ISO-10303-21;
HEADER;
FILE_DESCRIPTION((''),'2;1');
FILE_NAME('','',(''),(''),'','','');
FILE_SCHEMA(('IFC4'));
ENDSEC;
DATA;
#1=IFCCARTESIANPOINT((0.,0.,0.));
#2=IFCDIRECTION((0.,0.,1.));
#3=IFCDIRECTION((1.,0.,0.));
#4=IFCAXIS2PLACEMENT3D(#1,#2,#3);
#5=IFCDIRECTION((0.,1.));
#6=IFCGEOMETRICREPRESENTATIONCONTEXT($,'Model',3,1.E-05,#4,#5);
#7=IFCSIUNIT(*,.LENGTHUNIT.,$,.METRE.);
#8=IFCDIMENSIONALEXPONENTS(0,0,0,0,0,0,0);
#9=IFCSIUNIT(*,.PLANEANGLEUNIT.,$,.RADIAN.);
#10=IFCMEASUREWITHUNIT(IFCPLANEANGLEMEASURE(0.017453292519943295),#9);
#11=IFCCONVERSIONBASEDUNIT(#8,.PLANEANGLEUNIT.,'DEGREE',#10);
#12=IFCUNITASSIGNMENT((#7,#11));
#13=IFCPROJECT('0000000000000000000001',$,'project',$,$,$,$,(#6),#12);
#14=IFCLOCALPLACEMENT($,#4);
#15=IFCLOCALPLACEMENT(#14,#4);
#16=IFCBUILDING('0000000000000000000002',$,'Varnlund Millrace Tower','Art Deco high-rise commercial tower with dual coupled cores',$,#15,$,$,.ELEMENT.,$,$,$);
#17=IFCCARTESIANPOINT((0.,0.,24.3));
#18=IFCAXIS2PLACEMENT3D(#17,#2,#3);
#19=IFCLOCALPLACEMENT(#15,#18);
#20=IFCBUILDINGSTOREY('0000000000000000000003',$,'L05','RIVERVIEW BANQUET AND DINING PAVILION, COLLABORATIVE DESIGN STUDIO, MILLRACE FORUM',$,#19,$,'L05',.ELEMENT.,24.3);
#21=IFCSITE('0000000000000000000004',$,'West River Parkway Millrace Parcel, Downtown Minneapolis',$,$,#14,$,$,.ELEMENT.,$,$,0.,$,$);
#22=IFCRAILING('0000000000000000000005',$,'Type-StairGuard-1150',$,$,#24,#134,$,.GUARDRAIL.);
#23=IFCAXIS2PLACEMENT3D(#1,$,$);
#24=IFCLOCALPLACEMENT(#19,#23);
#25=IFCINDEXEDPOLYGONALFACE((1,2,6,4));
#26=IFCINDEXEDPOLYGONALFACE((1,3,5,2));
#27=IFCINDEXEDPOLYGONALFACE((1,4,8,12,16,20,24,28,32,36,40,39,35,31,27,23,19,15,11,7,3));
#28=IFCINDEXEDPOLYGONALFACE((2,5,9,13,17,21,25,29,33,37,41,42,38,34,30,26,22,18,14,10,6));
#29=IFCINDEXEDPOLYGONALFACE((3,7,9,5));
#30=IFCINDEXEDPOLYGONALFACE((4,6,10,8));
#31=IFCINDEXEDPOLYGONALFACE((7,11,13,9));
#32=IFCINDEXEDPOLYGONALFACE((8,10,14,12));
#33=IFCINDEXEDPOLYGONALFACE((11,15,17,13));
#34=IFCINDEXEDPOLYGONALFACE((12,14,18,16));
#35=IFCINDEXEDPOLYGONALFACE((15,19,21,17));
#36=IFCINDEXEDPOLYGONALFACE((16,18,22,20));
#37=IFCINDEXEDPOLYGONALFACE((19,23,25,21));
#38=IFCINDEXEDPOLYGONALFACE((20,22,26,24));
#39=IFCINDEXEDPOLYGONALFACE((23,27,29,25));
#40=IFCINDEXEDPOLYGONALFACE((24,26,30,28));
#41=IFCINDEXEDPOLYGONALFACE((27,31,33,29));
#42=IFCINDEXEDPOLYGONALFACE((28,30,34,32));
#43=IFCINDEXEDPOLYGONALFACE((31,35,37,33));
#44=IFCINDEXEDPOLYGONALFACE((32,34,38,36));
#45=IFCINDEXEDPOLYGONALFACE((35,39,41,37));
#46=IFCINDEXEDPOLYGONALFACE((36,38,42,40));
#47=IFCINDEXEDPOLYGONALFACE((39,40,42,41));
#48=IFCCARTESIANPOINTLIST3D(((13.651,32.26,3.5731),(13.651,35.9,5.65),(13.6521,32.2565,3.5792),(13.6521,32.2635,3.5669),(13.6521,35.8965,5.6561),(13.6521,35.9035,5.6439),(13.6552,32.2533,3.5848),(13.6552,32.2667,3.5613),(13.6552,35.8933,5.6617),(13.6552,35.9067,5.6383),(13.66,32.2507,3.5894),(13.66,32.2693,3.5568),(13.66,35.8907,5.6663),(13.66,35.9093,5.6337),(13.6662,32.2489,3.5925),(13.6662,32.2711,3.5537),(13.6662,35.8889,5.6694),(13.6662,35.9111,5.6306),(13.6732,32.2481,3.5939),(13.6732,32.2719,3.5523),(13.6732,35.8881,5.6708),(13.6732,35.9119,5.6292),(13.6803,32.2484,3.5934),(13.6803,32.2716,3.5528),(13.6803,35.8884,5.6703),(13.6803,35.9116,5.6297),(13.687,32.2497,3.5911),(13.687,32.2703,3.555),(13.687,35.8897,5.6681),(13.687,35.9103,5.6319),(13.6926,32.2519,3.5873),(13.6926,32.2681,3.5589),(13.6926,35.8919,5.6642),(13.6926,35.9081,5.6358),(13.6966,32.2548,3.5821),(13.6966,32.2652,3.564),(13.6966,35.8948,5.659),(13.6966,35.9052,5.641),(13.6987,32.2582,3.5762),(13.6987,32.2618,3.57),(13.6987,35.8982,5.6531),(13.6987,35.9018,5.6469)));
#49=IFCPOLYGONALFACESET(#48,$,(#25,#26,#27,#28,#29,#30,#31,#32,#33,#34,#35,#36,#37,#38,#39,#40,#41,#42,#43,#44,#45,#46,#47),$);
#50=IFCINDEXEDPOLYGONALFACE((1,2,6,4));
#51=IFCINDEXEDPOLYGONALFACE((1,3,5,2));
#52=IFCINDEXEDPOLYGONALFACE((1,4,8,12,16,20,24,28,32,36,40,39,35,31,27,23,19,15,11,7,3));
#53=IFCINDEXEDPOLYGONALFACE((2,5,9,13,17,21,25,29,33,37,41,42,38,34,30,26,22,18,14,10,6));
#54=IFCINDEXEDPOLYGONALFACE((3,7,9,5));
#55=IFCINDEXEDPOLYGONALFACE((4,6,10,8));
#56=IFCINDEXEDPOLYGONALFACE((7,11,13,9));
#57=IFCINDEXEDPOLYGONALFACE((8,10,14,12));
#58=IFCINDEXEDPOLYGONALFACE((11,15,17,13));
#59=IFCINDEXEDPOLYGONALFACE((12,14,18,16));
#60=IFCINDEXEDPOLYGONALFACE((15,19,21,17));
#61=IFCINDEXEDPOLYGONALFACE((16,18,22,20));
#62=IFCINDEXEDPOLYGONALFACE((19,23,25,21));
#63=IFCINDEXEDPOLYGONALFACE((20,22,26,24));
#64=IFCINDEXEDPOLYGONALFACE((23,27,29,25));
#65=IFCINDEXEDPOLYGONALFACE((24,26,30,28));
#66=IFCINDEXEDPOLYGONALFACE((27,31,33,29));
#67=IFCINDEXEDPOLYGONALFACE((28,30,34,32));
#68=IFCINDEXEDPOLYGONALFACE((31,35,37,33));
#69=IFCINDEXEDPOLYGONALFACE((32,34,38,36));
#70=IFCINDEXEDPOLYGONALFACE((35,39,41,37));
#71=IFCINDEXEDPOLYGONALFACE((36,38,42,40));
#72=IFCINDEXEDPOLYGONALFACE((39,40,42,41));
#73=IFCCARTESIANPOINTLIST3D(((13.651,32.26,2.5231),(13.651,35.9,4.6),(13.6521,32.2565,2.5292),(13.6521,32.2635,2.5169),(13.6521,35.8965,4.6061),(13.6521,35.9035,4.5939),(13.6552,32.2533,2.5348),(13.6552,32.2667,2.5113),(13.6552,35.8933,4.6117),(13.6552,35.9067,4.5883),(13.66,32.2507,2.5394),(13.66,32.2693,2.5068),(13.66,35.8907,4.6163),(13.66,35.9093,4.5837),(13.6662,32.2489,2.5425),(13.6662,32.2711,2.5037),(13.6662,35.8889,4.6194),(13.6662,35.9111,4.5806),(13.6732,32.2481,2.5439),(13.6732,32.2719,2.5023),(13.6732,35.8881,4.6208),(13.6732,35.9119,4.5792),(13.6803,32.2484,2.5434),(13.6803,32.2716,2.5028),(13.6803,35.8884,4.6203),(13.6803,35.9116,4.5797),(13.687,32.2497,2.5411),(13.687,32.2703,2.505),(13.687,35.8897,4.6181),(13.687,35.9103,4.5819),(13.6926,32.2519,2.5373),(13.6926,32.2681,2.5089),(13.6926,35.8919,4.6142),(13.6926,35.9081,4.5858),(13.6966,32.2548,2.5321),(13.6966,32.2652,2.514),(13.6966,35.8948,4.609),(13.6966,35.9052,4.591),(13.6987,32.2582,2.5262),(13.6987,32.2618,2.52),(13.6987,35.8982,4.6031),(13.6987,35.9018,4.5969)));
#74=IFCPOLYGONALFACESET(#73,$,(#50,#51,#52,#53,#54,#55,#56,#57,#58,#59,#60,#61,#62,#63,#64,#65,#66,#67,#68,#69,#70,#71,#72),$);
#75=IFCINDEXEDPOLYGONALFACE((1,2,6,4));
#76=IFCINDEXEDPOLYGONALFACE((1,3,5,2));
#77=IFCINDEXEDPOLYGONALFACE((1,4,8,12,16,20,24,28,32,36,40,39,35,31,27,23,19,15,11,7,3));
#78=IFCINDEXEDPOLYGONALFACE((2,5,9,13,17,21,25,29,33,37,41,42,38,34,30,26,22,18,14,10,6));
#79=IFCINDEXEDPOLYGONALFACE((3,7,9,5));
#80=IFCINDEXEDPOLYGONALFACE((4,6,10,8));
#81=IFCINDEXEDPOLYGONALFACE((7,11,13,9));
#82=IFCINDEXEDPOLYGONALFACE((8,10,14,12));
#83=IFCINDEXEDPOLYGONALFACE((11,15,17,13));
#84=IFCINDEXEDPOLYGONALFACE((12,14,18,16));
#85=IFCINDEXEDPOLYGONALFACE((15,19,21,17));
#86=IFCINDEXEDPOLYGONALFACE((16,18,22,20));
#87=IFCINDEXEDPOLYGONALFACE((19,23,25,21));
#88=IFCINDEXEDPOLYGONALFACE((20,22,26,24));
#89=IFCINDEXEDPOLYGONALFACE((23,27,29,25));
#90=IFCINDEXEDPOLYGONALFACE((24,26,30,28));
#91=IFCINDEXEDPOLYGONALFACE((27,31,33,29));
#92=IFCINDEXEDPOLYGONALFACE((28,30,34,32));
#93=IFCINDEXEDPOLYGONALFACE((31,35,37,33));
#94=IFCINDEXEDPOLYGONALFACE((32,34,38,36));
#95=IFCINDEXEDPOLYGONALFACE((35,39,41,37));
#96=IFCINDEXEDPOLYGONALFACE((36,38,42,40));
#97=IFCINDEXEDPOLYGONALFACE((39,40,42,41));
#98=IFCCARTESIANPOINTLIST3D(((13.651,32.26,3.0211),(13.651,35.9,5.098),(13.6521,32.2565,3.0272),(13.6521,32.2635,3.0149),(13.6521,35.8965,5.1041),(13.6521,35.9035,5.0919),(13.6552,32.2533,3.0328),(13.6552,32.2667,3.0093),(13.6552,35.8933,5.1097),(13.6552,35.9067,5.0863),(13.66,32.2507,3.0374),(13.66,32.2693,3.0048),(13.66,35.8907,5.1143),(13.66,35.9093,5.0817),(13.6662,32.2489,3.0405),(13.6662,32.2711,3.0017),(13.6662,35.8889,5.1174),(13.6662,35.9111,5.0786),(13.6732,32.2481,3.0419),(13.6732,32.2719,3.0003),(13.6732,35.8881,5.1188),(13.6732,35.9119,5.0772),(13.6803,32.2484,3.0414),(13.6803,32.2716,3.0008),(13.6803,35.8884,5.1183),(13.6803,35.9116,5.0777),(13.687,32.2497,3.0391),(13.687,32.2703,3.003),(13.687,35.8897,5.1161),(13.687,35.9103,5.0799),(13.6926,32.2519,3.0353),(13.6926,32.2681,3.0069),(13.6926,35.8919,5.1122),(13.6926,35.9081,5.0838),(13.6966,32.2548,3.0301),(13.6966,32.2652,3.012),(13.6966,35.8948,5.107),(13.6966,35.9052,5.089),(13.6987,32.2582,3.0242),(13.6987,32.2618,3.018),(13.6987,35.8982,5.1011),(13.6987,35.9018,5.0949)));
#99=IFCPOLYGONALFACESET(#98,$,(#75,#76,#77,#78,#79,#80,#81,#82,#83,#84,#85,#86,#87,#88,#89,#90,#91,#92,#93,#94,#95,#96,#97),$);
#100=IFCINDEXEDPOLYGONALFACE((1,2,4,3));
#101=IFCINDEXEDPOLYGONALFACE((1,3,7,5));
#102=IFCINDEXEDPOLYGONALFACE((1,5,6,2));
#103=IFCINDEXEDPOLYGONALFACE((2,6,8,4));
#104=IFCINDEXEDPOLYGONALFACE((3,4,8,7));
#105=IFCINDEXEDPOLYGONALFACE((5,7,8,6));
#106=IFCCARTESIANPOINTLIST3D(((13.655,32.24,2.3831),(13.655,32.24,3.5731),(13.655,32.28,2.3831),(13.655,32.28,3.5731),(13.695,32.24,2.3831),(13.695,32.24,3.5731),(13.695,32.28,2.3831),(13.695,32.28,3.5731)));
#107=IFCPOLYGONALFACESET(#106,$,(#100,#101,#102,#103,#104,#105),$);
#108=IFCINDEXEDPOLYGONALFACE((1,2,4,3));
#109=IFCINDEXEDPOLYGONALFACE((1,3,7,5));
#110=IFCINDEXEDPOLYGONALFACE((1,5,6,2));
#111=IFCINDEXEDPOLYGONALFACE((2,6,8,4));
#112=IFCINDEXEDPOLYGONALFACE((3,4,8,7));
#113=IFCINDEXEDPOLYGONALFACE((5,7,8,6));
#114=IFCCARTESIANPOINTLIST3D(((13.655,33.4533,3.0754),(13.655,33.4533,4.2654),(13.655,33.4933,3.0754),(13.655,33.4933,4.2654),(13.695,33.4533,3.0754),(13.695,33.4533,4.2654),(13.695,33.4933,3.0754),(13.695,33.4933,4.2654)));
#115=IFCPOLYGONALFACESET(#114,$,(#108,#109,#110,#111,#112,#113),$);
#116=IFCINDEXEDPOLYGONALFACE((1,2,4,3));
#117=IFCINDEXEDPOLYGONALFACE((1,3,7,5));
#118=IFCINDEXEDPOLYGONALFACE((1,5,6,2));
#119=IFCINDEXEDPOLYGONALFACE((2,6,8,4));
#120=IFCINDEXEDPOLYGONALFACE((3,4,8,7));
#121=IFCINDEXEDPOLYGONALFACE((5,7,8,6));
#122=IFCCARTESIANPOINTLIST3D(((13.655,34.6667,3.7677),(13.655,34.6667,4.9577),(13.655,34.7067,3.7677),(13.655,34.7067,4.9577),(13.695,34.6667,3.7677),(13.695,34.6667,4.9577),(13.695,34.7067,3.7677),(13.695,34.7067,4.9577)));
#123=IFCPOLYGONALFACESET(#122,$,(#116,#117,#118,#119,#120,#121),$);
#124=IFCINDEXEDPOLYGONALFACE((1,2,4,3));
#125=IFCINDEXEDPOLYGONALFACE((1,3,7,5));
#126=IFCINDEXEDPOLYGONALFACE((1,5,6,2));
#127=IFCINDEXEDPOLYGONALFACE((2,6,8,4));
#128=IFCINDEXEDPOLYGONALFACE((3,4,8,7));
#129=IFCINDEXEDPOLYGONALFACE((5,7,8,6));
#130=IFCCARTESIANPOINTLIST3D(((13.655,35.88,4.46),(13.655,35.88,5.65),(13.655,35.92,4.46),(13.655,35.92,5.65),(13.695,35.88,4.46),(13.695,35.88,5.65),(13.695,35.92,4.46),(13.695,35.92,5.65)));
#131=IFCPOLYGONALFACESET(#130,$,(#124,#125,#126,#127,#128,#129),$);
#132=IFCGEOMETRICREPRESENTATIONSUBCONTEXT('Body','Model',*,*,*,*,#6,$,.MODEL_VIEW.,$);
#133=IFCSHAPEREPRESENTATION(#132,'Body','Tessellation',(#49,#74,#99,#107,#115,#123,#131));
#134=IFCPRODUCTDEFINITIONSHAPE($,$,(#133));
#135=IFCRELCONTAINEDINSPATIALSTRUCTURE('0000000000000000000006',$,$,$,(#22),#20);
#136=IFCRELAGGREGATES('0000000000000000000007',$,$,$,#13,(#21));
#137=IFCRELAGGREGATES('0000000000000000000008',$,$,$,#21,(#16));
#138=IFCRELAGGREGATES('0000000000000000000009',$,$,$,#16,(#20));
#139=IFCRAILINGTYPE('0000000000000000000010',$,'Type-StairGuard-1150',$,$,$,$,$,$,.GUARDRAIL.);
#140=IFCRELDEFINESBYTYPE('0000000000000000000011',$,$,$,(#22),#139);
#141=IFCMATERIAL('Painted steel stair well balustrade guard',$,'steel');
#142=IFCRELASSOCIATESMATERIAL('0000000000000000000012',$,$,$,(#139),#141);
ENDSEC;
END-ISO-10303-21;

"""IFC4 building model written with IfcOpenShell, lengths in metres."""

from ifc_helpers import new_model, entity, si_unit, converted_unit, direction, frame, origin_with_axes, origin_2d_with_axis, place, context, subcontext, project, spatial, rectangle, circle, extrude, material, type_object, element, save


model = new_model("IFC4")

# Units and contexts
model_context = context("Model", 3, precision=1e-05, world=origin_with_axes(), true_north=direction((0.0, 1.0)))
body_context = subcontext(model_context, "Body", "Model", "MODEL_VIEW")
ifc_project = project(units=[si_unit("LENGTHUNIT", "METRE"), converted_unit("PLANEANGLEUNIT", "DEGREE", entity("IfcPlaneAngleMeasure", 0.017453292519943295), si_unit("PLANEANGLEUNIT", "RADIAN"), dimensions=[0, 0, 0, 0, 0, 0, 0])], contexts=[model_context])

# Site, building, storey
site_placement = place(None, origin_with_axes())
site = spatial("IfcSite", under=ifc_project, at=site_placement, Name="West River Parkway Millrace Parcel, Downtown Minneapolis", CompositionType="ELEMENT", RefElevation=0.0)
building_placement = place(site_placement, origin_with_axes())
building = spatial("IfcBuilding", under=site, at=building_placement, Name="Varnlund Millrace Tower", Description="Art Deco high-rise commercial tower with dual coupled cores", CompositionType="ELEMENT")
storey_placement = place(building_placement, frame((0.0, 0.0, 24.3), z_axis=(0.0, 0.0, 1.0), x_axis=(1.0, 0.0, 0.0)))
storey = spatial("IfcBuildingStorey", under=building, at=storey_placement, Name="L05", Description="RIVERVIEW BANQUET AND DINING PAVILION, COLLABORATIVE DESIGN STUDIO, MILLRACE FORUM", LongName="L05", CompositionType="ELEMENT", Elevation=24.3)

# Railing
ifc_material_1 = material(Name="Painted steel stair well balustrade guard", Category="steel")
railing_type_1 = type_object("IfcRailingType", Name="Type-StairGuard-1150", PredefinedType="GUARDRAIL", material=ifc_material_1)
railing_1_placement = place(storey_placement, frame((0.0, 0.0, -24.3), z_axis=(0.0, 0.0, 1.0), x_axis=(1.0, 0.0, 0.0)))
element("IfcRailing", 1, at=railing_1_placement, inside=storey, type_object=railing_type_1, Name="Type-StairGuard-1150", PredefinedType="GUARDRAIL", context=body_context, shape_type="SweptSolid", body=[
    extrude(circle(Radius=0.024, at=origin_2d_with_axis()), frame((13.675, 32.26, 27.8731), z_axis=(0.0, 0.868559, 0.495585), x_axis=(-1.0, 0.0, 0.0)), (0.0, 0.0, 1.0), 4.1908),
    extrude(circle(Radius=0.024, at=origin_2d_with_axis()), frame((13.675, 32.26, 26.8231), z_axis=(0.0, 0.868559, 0.495585), x_axis=(-1.0, 0.0, 0.0)), (0.0, 0.0, 1.0), 4.1908),
    extrude(circle(Radius=0.024, at=origin_2d_with_axis()), frame((13.675, 32.26, 27.3211), z_axis=(0.0, 0.868559, 0.495585), x_axis=(-1.0, 0.0, 0.0)), (0.0, 0.0, 1.0), 4.1908),
    extrude(rectangle(XDim=0.04, YDim=0.04, at=origin_2d_with_axis()), frame((13.675, 32.26, 26.6831), z_axis=(0.0, 0.0, 1.0), x_axis=(1.0, 0.0, 0.0)), (0.0, 0.0, 1.0), 1.19),
    extrude(rectangle(XDim=0.04, YDim=0.04, at=origin_2d_with_axis()), frame((13.675, 33.4733, 27.3754), z_axis=(0.0, 0.0, 1.0), x_axis=(1.0, 0.0, 0.0)), (0.0, 0.0, 1.0), 1.19),
    extrude(rectangle(XDim=0.04, YDim=0.04, at=origin_2d_with_axis()), frame((13.675, 34.6867, 28.0677), z_axis=(0.0, 0.0, 1.0), x_axis=(1.0, 0.0, 0.0)), (0.0, 0.0, 1.0), 1.19),
    extrude(rectangle(XDim=0.04, YDim=0.04, at=origin_2d_with_axis()), frame((13.675, 35.9, 28.76), z_axis=(0.0, 0.0, 1.0), x_axis=(1.0, 0.0, 0.0)), (0.0, 0.0, 1.0), 1.19),
])

save(model, "model.ifc")
